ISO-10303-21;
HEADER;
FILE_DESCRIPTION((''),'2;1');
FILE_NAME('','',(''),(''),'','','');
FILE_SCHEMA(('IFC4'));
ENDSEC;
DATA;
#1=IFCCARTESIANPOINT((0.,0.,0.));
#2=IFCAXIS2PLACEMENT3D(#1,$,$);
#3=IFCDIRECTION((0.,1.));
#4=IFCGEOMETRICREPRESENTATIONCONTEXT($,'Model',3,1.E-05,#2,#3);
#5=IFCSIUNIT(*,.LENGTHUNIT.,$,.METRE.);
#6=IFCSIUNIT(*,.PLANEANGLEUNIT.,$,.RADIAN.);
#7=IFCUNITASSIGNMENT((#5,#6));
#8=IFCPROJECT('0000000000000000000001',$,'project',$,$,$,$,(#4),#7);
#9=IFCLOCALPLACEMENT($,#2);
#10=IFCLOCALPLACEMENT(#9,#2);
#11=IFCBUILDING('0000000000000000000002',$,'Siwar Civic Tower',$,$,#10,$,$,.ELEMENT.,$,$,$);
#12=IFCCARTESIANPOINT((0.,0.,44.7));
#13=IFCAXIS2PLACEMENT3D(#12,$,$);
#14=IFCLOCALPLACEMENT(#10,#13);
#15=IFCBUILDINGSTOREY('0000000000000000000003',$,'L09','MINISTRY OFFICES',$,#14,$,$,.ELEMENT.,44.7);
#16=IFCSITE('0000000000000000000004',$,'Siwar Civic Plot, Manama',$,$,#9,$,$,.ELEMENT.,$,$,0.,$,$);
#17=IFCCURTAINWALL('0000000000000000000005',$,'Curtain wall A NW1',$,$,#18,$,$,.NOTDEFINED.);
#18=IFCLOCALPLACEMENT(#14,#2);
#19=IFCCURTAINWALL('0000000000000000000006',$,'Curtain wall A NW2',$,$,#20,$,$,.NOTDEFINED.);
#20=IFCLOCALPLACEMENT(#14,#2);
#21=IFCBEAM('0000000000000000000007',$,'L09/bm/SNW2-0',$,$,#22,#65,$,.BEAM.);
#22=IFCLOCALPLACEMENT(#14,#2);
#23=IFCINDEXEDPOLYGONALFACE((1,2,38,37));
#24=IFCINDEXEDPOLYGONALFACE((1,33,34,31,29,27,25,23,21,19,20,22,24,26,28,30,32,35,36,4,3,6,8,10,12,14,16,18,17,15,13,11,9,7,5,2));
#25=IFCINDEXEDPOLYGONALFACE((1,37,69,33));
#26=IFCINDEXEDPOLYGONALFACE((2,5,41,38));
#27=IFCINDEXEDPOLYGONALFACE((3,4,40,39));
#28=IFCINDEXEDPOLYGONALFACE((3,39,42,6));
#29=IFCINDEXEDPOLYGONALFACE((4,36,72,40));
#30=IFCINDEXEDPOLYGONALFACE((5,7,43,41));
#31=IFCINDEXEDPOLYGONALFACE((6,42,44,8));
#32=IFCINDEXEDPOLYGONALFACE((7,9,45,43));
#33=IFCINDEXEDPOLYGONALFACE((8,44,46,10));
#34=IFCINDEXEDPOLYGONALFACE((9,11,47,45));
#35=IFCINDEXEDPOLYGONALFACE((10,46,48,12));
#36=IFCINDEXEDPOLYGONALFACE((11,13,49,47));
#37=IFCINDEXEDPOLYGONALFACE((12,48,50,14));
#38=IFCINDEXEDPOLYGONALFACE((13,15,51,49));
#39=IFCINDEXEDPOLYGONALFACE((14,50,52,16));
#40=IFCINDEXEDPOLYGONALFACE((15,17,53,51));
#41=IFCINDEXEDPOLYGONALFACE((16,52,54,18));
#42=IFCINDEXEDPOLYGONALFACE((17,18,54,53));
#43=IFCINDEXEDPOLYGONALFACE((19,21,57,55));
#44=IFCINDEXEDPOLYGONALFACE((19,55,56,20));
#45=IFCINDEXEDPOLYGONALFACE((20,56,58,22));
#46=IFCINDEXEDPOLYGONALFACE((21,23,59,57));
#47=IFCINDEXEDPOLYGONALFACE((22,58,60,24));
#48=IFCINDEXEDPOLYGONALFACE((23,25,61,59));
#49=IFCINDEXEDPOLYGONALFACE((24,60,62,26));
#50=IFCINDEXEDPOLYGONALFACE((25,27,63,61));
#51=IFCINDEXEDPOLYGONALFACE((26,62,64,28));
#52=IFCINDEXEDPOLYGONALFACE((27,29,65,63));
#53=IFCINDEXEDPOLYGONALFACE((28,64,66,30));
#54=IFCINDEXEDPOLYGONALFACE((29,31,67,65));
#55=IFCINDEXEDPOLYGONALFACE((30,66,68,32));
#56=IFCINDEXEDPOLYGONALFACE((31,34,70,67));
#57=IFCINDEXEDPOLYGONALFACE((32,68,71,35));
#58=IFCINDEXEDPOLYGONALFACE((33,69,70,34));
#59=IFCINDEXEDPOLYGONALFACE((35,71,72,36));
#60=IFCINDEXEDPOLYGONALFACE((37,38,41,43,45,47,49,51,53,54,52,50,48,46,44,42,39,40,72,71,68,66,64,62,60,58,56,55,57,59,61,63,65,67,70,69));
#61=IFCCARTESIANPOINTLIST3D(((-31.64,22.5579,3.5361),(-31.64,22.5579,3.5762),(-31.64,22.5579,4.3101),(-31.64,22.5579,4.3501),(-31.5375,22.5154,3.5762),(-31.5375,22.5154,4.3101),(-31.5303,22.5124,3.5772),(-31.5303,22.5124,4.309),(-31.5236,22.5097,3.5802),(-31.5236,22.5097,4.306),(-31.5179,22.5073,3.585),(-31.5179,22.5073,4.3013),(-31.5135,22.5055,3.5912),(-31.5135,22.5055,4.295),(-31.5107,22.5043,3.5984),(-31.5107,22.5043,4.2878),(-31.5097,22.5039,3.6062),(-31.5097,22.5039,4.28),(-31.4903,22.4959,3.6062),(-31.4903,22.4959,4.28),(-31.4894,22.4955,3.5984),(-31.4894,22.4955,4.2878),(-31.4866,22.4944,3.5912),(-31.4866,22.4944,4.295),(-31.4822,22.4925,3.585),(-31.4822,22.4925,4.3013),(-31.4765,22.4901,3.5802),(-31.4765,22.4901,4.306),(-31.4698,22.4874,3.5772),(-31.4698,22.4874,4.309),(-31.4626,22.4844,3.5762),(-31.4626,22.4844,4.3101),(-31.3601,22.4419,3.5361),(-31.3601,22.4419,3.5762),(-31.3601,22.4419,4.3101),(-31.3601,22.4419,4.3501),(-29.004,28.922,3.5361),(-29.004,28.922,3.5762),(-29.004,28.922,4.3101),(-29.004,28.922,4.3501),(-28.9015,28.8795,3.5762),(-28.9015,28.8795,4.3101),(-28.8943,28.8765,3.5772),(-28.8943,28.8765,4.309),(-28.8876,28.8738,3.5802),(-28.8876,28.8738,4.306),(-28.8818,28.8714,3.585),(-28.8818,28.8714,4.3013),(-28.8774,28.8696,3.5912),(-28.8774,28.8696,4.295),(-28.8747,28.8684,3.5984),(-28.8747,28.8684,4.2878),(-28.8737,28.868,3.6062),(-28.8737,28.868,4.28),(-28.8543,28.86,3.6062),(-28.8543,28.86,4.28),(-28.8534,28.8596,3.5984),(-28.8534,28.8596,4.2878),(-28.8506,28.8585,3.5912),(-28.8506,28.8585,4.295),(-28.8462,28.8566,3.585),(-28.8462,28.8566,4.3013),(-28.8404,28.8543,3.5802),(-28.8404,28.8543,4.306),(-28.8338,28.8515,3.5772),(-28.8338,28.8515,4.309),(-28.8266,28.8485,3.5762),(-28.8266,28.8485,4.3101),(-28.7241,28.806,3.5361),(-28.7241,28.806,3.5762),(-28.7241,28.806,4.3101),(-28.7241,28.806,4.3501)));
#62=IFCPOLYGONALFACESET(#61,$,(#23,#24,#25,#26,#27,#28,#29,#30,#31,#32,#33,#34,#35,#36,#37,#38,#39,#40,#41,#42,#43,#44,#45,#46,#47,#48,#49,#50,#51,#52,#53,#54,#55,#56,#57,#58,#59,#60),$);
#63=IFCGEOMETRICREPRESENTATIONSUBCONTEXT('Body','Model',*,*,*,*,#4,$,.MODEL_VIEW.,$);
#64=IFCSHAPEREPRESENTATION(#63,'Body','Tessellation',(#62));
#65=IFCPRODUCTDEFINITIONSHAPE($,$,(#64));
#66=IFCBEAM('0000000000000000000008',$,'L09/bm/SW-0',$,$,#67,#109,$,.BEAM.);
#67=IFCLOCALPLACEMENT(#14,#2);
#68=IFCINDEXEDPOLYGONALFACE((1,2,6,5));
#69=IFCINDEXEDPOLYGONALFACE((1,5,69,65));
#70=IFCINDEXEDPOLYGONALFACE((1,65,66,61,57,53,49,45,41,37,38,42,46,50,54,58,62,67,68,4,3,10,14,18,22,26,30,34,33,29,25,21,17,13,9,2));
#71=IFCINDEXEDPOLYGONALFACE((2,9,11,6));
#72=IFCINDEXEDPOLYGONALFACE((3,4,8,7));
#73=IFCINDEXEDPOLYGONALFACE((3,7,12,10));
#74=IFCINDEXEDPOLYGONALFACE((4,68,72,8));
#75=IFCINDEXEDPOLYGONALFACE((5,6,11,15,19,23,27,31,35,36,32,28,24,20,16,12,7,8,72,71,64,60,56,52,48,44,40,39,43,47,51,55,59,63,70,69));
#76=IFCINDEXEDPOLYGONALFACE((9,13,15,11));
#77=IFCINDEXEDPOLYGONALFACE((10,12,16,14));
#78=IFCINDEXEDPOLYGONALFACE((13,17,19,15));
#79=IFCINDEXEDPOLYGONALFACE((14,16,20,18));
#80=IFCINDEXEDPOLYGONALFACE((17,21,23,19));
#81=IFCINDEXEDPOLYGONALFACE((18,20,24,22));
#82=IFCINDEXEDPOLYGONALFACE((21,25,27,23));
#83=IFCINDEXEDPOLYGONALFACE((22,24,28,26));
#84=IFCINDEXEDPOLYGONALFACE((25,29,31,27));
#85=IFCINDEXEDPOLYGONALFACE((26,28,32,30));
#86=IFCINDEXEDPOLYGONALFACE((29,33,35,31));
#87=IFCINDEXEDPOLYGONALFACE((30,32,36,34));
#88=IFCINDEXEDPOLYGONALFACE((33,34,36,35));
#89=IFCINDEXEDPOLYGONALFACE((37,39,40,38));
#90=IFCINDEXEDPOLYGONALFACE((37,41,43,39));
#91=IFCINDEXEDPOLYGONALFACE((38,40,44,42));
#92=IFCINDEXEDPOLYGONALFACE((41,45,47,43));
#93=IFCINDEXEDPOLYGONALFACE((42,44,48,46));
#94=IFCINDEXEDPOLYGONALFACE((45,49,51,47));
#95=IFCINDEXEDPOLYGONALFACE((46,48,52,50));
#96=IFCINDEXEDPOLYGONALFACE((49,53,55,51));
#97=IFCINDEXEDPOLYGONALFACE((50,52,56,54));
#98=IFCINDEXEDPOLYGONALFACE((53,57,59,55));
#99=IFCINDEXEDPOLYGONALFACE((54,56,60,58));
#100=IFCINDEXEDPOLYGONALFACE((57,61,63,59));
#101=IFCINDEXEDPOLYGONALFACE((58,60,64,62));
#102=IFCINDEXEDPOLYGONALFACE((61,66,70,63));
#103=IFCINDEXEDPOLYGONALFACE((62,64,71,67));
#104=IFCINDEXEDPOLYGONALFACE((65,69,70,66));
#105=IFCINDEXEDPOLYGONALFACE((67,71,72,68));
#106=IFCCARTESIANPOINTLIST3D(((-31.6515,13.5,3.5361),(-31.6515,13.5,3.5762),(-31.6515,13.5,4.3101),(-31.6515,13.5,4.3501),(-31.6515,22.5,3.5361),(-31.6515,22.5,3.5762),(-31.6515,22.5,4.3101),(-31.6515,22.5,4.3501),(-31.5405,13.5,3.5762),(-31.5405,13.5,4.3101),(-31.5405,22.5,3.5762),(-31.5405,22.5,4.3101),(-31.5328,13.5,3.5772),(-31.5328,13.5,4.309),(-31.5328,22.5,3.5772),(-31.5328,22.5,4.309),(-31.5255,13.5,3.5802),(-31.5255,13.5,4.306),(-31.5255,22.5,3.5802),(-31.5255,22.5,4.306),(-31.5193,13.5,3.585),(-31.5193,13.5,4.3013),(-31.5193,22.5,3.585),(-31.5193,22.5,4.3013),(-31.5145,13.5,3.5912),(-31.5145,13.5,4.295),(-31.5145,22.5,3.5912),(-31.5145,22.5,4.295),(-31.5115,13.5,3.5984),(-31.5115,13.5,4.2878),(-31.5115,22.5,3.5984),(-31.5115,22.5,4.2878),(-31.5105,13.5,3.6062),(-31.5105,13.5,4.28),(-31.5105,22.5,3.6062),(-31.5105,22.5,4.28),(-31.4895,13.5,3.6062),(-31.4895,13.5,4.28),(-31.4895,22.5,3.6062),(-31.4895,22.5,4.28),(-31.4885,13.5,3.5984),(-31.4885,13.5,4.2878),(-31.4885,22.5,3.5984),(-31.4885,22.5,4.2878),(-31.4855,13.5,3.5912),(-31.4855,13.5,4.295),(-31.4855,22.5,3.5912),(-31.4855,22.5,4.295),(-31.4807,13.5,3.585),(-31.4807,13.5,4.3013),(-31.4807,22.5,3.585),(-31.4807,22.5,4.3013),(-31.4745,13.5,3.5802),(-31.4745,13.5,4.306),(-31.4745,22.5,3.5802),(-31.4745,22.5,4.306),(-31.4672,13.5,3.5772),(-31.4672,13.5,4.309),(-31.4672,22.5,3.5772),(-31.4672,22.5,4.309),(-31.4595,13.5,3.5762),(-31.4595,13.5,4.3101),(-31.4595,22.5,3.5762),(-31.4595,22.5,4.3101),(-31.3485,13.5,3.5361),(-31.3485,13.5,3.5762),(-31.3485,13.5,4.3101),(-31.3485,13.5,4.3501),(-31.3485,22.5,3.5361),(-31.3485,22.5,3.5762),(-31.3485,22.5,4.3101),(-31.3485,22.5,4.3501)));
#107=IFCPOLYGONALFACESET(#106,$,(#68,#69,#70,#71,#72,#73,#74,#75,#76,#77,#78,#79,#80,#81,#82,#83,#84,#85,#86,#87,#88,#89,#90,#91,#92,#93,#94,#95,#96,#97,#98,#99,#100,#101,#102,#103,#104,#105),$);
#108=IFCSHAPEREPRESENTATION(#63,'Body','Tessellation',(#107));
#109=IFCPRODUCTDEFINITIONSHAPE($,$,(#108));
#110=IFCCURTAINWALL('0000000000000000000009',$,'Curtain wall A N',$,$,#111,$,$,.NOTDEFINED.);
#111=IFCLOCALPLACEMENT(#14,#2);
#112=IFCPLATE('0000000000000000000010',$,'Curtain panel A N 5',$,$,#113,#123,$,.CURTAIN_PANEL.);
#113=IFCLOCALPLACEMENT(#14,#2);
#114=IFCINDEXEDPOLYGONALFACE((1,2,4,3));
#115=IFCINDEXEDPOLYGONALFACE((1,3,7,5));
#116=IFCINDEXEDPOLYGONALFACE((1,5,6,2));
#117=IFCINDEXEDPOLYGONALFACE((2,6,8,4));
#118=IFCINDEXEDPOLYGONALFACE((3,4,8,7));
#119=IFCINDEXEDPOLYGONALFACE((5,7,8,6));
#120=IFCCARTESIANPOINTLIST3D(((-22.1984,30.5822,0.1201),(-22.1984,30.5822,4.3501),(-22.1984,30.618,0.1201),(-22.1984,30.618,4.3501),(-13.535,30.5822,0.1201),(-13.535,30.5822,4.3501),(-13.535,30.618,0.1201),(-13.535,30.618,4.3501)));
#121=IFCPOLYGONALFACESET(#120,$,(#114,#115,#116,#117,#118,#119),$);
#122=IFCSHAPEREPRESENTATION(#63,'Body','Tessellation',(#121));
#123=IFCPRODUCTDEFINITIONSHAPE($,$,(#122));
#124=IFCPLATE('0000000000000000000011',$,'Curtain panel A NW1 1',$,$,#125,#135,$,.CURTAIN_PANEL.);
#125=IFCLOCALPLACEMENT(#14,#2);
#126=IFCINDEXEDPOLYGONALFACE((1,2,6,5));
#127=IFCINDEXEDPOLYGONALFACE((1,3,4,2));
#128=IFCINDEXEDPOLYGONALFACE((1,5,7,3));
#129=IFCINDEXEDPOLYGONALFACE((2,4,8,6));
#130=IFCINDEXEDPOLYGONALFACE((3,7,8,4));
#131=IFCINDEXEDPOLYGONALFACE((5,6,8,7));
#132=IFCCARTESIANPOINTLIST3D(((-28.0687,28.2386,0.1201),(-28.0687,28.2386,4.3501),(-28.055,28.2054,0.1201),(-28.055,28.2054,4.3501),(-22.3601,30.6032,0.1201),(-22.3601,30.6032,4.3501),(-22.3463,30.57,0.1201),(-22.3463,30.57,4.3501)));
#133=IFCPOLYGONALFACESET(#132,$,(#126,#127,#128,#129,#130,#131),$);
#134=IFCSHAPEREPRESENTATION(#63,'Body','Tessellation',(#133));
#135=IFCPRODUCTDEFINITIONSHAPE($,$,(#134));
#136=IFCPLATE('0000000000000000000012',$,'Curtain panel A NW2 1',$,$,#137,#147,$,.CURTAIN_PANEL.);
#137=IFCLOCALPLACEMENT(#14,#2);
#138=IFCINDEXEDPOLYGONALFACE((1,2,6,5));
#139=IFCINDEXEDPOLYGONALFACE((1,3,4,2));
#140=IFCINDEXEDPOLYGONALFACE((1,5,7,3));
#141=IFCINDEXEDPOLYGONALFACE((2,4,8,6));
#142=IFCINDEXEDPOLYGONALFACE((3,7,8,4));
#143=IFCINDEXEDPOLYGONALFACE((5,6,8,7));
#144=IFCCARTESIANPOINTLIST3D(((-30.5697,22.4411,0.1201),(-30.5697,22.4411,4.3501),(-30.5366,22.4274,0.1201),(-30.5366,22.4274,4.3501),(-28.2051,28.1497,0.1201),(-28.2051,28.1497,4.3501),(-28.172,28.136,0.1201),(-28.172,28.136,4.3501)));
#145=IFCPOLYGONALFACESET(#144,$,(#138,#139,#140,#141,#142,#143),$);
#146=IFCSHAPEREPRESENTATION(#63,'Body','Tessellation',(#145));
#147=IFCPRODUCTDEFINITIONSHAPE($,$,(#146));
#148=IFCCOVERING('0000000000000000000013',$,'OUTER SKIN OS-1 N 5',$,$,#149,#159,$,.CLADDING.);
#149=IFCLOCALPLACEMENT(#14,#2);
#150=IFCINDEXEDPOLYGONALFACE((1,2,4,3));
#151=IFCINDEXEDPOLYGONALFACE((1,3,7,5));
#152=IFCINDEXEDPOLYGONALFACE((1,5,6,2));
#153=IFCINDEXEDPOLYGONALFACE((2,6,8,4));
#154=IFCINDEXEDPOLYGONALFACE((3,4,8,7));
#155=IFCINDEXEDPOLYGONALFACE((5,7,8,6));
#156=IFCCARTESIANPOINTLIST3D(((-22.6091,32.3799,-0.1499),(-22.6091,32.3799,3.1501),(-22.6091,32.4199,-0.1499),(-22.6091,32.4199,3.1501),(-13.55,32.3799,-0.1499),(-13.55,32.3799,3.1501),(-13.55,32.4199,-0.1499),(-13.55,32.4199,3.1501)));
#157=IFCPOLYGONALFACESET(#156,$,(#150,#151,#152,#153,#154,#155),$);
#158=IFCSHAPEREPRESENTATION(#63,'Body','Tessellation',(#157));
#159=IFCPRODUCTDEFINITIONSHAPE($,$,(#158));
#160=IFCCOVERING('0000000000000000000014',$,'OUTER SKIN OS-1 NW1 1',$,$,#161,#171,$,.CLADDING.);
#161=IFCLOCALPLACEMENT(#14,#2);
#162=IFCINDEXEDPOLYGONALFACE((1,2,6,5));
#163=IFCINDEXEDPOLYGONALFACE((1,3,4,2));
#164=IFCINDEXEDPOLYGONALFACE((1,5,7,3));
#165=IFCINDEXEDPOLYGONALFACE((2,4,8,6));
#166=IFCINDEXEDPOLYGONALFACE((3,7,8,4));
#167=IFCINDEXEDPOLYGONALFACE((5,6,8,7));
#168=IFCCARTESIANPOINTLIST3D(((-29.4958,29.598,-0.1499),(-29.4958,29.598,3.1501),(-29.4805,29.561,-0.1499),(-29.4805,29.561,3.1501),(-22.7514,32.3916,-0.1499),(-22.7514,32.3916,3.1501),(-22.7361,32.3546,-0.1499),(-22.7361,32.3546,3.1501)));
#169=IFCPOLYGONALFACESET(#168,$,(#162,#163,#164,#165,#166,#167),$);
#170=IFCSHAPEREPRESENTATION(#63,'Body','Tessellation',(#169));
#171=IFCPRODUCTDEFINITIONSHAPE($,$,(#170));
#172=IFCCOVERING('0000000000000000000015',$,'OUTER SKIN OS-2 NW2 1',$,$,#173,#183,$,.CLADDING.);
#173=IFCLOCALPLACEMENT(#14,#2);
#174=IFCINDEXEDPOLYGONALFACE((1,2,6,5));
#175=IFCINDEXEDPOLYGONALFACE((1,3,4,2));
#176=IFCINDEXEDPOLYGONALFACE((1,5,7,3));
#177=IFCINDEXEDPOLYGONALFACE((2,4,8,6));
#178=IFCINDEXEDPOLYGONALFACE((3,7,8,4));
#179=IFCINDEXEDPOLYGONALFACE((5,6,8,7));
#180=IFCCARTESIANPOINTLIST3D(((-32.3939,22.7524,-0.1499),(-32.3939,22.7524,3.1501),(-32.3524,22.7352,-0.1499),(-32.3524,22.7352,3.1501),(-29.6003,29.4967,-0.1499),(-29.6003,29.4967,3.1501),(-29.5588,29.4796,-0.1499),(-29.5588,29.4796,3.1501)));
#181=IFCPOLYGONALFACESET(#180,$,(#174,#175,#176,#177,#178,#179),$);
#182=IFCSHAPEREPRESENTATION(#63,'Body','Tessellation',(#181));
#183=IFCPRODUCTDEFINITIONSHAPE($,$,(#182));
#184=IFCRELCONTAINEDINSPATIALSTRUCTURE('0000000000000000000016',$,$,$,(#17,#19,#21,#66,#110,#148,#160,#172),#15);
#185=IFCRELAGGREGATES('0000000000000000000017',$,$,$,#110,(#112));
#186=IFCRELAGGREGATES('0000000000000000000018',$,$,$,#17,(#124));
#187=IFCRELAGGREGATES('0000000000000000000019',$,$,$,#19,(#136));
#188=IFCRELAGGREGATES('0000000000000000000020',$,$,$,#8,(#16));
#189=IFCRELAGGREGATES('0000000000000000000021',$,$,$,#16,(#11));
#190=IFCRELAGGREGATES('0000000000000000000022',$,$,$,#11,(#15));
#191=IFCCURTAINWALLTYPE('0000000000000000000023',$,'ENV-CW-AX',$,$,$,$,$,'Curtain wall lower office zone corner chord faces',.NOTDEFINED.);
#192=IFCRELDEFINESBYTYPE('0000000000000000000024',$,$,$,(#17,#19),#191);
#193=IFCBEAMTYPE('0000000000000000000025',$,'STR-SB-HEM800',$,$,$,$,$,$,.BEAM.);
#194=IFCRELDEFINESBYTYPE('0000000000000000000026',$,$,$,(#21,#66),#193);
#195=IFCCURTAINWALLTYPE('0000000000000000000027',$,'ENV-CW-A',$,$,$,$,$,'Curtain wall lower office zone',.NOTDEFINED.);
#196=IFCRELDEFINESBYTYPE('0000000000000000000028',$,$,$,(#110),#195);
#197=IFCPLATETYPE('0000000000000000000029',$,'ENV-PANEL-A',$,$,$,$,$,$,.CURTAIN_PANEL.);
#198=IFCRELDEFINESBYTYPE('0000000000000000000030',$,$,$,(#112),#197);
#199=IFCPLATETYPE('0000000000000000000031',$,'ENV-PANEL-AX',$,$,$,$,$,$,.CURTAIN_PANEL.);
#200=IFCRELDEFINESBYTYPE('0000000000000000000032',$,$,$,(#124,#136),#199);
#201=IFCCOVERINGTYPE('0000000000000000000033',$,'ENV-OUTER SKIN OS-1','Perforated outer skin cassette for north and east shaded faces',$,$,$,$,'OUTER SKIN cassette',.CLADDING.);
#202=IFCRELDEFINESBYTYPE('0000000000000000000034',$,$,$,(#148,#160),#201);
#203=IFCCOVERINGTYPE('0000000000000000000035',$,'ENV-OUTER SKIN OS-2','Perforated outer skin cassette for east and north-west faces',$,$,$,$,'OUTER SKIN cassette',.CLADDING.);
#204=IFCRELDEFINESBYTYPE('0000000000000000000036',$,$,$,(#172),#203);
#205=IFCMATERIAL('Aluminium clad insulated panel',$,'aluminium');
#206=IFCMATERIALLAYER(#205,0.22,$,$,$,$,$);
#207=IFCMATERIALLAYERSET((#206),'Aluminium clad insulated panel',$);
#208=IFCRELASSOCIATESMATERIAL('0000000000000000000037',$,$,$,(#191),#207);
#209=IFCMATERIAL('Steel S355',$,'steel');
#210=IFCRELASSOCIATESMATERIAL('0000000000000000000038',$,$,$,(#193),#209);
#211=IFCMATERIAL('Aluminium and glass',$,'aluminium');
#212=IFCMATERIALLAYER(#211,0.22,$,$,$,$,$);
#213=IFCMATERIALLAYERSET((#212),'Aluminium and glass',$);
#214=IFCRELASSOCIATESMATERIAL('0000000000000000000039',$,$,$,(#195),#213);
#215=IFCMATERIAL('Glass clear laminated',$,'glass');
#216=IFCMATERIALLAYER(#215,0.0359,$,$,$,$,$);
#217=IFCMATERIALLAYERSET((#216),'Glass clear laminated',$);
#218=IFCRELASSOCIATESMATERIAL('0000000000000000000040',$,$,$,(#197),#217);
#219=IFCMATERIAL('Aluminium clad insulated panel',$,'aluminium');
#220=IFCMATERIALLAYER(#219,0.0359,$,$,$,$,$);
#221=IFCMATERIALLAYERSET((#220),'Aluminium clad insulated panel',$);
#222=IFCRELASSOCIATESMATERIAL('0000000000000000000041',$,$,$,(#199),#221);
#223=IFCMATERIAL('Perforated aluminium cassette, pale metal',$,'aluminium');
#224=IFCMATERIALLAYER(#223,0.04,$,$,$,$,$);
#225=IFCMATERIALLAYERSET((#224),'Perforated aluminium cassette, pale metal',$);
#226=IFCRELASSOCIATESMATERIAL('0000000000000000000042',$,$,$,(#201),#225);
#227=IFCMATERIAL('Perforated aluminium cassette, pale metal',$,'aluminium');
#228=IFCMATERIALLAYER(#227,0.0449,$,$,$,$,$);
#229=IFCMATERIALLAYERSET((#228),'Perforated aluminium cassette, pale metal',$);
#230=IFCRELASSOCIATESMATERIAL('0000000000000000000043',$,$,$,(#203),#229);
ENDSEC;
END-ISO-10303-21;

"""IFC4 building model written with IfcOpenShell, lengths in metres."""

from ifc_helpers import new_model, si_unit, direction, frame, origin, origin_2d, place, context, subcontext, project, spatial, rectangle, i_section, extrude, material, layer, layer_set, material_profile, profile_set, type_object, element, aggregate, save


model = new_model("IFC4")

# Units and contexts
model_context = context("Model", 3, precision=1e-05, world=origin(), true_north=direction((0.0, 1.0)))
body_context = subcontext(model_context, "Body", "Model", "MODEL_VIEW")
ifc_project = project(units=[si_unit("LENGTHUNIT", "METRE"), si_unit("PLANEANGLEUNIT", "RADIAN")], contexts=[model_context])

# Site, building, storey
site_placement = place(None, origin())
site = spatial("IfcSite", under=ifc_project, at=site_placement, Name="Siwar Civic Plot, Manama", CompositionType="ELEMENT", RefElevation=0.0)
building_placement = place(site_placement, origin())
building = spatial("IfcBuilding", under=site, at=building_placement, Name="Siwar Civic Tower", CompositionType="ELEMENT")
storey_placement = place(building_placement, frame((0.0, 0.0, 44.7)))
storey = spatial("IfcBuildingStorey", under=building, at=storey_placement, Name="L09", Description="MINISTRY OFFICES", CompositionType="ELEMENT", Elevation=44.7)

# Curtain walls
ifc_material_1 = material(Name="Aluminium clad insulated panel", Category="aluminium")
ifc_layer_1 = layer(ifc_material_1, 0.22)
ifc_layer_set_1 = layer_set([ifc_layer_1], Name="Aluminium clad insulated panel")
curtain_wall_type_1 = type_object("IfcCurtainWallType", Name="ENV-CW-AX", ElementType="Curtain wall lower office zone corner chord faces", PredefinedType="NOTDEFINED", material=ifc_layer_set_1)
curtain_wall_1_placement = place(storey_placement, origin())
curtain_wall_1 = element("IfcCurtainWall", 1, at=curtain_wall_1_placement, inside=storey, type_object=curtain_wall_type_1, Name="Curtain wall A NW1", PredefinedType="NOTDEFINED")
curtain_wall_2_placement = place(storey_placement, origin())
curtain_wall_2 = element("IfcCurtainWall", 2, at=curtain_wall_2_placement, inside=storey, type_object=curtain_wall_type_1, Name="Curtain wall A NW2", PredefinedType="NOTDEFINED")

# Beams
ifc_material_2 = material(Name="Steel S355", Category="steel")
ifc_material_profile_1 = material_profile(ifc_material_2, i_section(OverallWidth=0.303, OverallDepth=0.814, WebThickness=0.021, FlangeThickness=0.04, FilletRadius=0.03, at=origin_2d()), Name="HEM800")
ifc_profile_set_1 = profile_set([ifc_material_profile_1], Name="Steel S355")
beam_type_1 = type_object("IfcBeamType", Name="STR-SB-HEM800", PredefinedType="BEAM", material=ifc_profile_set_1)
for number, where, z_axis, x_axis, name in (
    (3, (-28.864, 28.864, 3.9431), (-0.382674, -0.923883, 0.0), (0.923883, -0.382674, 0.0), "L09/bm/SNW2-0"),
):
    element("IfcBeam", number, at=place(storey_placement, frame(where, z_axis=z_axis, x_axis=x_axis)), inside=storey, type_object=beam_type_1, Name=name, PredefinedType="BEAM", context=body_context, shape_type="SweptSolid", body=[
        extrude(i_section(OverallWidth=0.303, OverallDepth=0.814, WebThickness=0.021, FlangeThickness=0.04, FilletRadius=0.03, at=origin_2d()), origin(), (0.0, 0.0, 1.0), 6.8884),
    ])
beam_1_placement = place(storey_placement, frame((-31.5, 22.5, 3.9431), z_axis=(0.0, -1.0, 0.0), x_axis=(1.0, 0.0, 0.0)))
element("IfcBeam", 4, at=beam_1_placement, inside=storey, type_object=beam_type_1, Name="L09/bm/SW-0", PredefinedType="BEAM", context=body_context, shape_type="SweptSolid", body=[
    extrude(i_section(OverallWidth=0.303, OverallDepth=0.814, WebThickness=0.021, FlangeThickness=0.04, FilletRadius=0.03, at=origin_2d()), origin(), (0.0, 0.0, 1.0), 9.0),
])

# Curtain wall, plate
ifc_material_3 = material(Name="Aluminium and glass", Category="aluminium")
ifc_layer_2 = layer(ifc_material_3, 0.22)
ifc_layer_set_2 = layer_set([ifc_layer_2], Name="Aluminium and glass")
curtain_wall_type_2 = type_object("IfcCurtainWallType", Name="ENV-CW-A", ElementType="Curtain wall lower office zone", PredefinedType="NOTDEFINED", material=ifc_layer_set_2)
curtain_wall_3_placement = place(storey_placement, origin())
curtain_wall_3 = element("IfcCurtainWall", 5, at=curtain_wall_3_placement, inside=storey, type_object=curtain_wall_type_2, Name="Curtain wall A N", PredefinedType="NOTDEFINED")
ifc_material_4 = material(Name="Glass clear laminated", Category="glass")
ifc_layer_3 = layer(ifc_material_4, 0.0359)
ifc_layer_set_3 = layer_set([ifc_layer_3], Name="Glass clear laminated")
plate_type_1 = type_object("IfcPlateType", Name="ENV-PANEL-A", PredefinedType="CURTAIN_PANEL", material=ifc_layer_set_3)
plate_1_placement = place(storey_placement, frame((-17.8667, 30.6001, 0.1201), z_axis=(0.0, 0.0, 1.0), x_axis=(-1.0, 0.0, 0.0)))
plate_1 = element("IfcPlate", 6, at=plate_1_placement, type_object=plate_type_1, Name="Curtain panel A N 5", PredefinedType="CURTAIN_PANEL", context=body_context, shape_type="SweptSolid", body=[
    extrude(rectangle(XDim=8.6633, YDim=0.0359, at=origin_2d()), origin(), (0.0, 0.0, 1.0), 4.23),
])
aggregate(curtain_wall_3, [plate_1])

# Plates
ifc_material_5 = material(Name="Aluminium clad insulated panel", Category="aluminium")
ifc_layer_4 = layer(ifc_material_5, 0.0359)
ifc_layer_set_4 = layer_set([ifc_layer_4], Name="Aluminium clad insulated panel")
plate_type_2 = type_object("IfcPlateType", Name="ENV-PANEL-AX", PredefinedType="CURTAIN_PANEL", material=ifc_layer_set_4)
plate_2_placement = place(storey_placement, frame((-25.2075, 29.4043, 0.1201), z_axis=(0.0, 0.0, 1.0), x_axis=(-0.92388, -0.382683, 0.0)))
plate_2 = element("IfcPlate", 7, at=plate_2_placement, type_object=plate_type_2, Name="Curtain panel A NW1 1", PredefinedType="CURTAIN_PANEL", context=body_context, shape_type="SweptSolid", body=[
    extrude(rectangle(XDim=6.179, YDim=0.0359, at=origin_2d()), origin(), (0.0, 0.0, 1.0), 4.23),
])
aggregate(curtain_wall_1, [plate_2])
plate_3_placement = place(storey_placement, frame((-29.3708, 25.2886, 0.1201), z_axis=(0.0, 0.0, 1.0), x_axis=(-0.382683, -0.92388, 0.0)))
plate_3 = element("IfcPlate", 8, at=plate_3_placement, type_object=plate_type_2, Name="Curtain panel A NW2 1", PredefinedType="CURTAIN_PANEL", context=body_context, shape_type="SweptSolid", body=[
    extrude(rectangle(XDim=6.179, YDim=0.0359, at=origin_2d()), origin(), (0.0, 0.0, 1.0), 4.23),
])
aggregate(curtain_wall_2, [plate_3])

# Coverings
ifc_material_6 = material(Name="Perforated aluminium cassette, pale metal", Category="aluminium")
ifc_layer_5 = layer(ifc_material_6, 0.04)
ifc_layer_set_5 = layer_set([ifc_layer_5], Name="Perforated aluminium cassette, pale metal")
covering_type_1 = type_object("IfcCoveringType", Name="ENV-OUTER SKIN OS-1", Description="Perforated outer skin cassette for north and east shaded faces", ElementType="OUTER SKIN cassette", PredefinedType="CLADDING", material=ifc_layer_set_5)
covering_1_placement = place(storey_placement, frame((-18.0796, 32.3999, -0.1499), z_axis=(0.0, 0.0, 1.0), x_axis=(-1.0, 0.0, 0.0)))
element("IfcCovering", 9, at=covering_1_placement, inside=storey, type_object=covering_type_1, Name="OUTER SKIN OS-1 N 5", PredefinedType="CLADDING", context=body_context, shape_type="SweptSolid", body=[
    extrude(rectangle(XDim=9.0591, YDim=0.04, at=origin_2d()), origin(), (0.0, 0.0, 1.0), 3.3),
])
covering_2_placement = place(storey_placement, frame((-26.116, 30.9763, -0.1499), z_axis=(0.0, 0.0, 1.0), x_axis=(-0.92388, -0.382683, 0.0)))
element("IfcCovering", 10, at=covering_2_placement, inside=storey, type_object=covering_type_1, Name="OUTER SKIN OS-1 NW1 1", PredefinedType="CLADDING", context=body_context, shape_type="SweptSolid", body=[
    extrude(rectangle(XDim=7.3, YDim=0.04, at=origin_2d()), origin(), (0.0, 0.0, 1.0), 3.3),
])
ifc_material_7 = material(Name="Perforated aluminium cassette, pale metal", Category="aluminium")
ifc_layer_6 = layer(ifc_material_7, 0.0449)
ifc_layer_set_6 = layer_set([ifc_layer_6], Name="Perforated aluminium cassette, pale metal")
covering_type_2 = type_object("IfcCoveringType", Name="ENV-OUTER SKIN OS-2", Description="Perforated outer skin cassette for east and north-west faces", ElementType="OUTER SKIN cassette", PredefinedType="CLADDING", material=ifc_layer_set_6)
covering_3_placement = place(storey_placement, frame((-30.9763, 26.116, -0.1499), z_axis=(0.0, 0.0, 1.0), x_axis=(-0.382683, -0.92388, 0.0)))
element("IfcCovering", 11, at=covering_3_placement, inside=storey, type_object=covering_type_2, Name="OUTER SKIN OS-2 NW2 1", PredefinedType="CLADDING", context=body_context, shape_type="SweptSolid", body=[
    extrude(rectangle(XDim=7.3, YDim=0.0449, at=origin_2d()), origin(), (0.0, 0.0, 1.0), 3.3),
])

save(model, "model.ifc")
